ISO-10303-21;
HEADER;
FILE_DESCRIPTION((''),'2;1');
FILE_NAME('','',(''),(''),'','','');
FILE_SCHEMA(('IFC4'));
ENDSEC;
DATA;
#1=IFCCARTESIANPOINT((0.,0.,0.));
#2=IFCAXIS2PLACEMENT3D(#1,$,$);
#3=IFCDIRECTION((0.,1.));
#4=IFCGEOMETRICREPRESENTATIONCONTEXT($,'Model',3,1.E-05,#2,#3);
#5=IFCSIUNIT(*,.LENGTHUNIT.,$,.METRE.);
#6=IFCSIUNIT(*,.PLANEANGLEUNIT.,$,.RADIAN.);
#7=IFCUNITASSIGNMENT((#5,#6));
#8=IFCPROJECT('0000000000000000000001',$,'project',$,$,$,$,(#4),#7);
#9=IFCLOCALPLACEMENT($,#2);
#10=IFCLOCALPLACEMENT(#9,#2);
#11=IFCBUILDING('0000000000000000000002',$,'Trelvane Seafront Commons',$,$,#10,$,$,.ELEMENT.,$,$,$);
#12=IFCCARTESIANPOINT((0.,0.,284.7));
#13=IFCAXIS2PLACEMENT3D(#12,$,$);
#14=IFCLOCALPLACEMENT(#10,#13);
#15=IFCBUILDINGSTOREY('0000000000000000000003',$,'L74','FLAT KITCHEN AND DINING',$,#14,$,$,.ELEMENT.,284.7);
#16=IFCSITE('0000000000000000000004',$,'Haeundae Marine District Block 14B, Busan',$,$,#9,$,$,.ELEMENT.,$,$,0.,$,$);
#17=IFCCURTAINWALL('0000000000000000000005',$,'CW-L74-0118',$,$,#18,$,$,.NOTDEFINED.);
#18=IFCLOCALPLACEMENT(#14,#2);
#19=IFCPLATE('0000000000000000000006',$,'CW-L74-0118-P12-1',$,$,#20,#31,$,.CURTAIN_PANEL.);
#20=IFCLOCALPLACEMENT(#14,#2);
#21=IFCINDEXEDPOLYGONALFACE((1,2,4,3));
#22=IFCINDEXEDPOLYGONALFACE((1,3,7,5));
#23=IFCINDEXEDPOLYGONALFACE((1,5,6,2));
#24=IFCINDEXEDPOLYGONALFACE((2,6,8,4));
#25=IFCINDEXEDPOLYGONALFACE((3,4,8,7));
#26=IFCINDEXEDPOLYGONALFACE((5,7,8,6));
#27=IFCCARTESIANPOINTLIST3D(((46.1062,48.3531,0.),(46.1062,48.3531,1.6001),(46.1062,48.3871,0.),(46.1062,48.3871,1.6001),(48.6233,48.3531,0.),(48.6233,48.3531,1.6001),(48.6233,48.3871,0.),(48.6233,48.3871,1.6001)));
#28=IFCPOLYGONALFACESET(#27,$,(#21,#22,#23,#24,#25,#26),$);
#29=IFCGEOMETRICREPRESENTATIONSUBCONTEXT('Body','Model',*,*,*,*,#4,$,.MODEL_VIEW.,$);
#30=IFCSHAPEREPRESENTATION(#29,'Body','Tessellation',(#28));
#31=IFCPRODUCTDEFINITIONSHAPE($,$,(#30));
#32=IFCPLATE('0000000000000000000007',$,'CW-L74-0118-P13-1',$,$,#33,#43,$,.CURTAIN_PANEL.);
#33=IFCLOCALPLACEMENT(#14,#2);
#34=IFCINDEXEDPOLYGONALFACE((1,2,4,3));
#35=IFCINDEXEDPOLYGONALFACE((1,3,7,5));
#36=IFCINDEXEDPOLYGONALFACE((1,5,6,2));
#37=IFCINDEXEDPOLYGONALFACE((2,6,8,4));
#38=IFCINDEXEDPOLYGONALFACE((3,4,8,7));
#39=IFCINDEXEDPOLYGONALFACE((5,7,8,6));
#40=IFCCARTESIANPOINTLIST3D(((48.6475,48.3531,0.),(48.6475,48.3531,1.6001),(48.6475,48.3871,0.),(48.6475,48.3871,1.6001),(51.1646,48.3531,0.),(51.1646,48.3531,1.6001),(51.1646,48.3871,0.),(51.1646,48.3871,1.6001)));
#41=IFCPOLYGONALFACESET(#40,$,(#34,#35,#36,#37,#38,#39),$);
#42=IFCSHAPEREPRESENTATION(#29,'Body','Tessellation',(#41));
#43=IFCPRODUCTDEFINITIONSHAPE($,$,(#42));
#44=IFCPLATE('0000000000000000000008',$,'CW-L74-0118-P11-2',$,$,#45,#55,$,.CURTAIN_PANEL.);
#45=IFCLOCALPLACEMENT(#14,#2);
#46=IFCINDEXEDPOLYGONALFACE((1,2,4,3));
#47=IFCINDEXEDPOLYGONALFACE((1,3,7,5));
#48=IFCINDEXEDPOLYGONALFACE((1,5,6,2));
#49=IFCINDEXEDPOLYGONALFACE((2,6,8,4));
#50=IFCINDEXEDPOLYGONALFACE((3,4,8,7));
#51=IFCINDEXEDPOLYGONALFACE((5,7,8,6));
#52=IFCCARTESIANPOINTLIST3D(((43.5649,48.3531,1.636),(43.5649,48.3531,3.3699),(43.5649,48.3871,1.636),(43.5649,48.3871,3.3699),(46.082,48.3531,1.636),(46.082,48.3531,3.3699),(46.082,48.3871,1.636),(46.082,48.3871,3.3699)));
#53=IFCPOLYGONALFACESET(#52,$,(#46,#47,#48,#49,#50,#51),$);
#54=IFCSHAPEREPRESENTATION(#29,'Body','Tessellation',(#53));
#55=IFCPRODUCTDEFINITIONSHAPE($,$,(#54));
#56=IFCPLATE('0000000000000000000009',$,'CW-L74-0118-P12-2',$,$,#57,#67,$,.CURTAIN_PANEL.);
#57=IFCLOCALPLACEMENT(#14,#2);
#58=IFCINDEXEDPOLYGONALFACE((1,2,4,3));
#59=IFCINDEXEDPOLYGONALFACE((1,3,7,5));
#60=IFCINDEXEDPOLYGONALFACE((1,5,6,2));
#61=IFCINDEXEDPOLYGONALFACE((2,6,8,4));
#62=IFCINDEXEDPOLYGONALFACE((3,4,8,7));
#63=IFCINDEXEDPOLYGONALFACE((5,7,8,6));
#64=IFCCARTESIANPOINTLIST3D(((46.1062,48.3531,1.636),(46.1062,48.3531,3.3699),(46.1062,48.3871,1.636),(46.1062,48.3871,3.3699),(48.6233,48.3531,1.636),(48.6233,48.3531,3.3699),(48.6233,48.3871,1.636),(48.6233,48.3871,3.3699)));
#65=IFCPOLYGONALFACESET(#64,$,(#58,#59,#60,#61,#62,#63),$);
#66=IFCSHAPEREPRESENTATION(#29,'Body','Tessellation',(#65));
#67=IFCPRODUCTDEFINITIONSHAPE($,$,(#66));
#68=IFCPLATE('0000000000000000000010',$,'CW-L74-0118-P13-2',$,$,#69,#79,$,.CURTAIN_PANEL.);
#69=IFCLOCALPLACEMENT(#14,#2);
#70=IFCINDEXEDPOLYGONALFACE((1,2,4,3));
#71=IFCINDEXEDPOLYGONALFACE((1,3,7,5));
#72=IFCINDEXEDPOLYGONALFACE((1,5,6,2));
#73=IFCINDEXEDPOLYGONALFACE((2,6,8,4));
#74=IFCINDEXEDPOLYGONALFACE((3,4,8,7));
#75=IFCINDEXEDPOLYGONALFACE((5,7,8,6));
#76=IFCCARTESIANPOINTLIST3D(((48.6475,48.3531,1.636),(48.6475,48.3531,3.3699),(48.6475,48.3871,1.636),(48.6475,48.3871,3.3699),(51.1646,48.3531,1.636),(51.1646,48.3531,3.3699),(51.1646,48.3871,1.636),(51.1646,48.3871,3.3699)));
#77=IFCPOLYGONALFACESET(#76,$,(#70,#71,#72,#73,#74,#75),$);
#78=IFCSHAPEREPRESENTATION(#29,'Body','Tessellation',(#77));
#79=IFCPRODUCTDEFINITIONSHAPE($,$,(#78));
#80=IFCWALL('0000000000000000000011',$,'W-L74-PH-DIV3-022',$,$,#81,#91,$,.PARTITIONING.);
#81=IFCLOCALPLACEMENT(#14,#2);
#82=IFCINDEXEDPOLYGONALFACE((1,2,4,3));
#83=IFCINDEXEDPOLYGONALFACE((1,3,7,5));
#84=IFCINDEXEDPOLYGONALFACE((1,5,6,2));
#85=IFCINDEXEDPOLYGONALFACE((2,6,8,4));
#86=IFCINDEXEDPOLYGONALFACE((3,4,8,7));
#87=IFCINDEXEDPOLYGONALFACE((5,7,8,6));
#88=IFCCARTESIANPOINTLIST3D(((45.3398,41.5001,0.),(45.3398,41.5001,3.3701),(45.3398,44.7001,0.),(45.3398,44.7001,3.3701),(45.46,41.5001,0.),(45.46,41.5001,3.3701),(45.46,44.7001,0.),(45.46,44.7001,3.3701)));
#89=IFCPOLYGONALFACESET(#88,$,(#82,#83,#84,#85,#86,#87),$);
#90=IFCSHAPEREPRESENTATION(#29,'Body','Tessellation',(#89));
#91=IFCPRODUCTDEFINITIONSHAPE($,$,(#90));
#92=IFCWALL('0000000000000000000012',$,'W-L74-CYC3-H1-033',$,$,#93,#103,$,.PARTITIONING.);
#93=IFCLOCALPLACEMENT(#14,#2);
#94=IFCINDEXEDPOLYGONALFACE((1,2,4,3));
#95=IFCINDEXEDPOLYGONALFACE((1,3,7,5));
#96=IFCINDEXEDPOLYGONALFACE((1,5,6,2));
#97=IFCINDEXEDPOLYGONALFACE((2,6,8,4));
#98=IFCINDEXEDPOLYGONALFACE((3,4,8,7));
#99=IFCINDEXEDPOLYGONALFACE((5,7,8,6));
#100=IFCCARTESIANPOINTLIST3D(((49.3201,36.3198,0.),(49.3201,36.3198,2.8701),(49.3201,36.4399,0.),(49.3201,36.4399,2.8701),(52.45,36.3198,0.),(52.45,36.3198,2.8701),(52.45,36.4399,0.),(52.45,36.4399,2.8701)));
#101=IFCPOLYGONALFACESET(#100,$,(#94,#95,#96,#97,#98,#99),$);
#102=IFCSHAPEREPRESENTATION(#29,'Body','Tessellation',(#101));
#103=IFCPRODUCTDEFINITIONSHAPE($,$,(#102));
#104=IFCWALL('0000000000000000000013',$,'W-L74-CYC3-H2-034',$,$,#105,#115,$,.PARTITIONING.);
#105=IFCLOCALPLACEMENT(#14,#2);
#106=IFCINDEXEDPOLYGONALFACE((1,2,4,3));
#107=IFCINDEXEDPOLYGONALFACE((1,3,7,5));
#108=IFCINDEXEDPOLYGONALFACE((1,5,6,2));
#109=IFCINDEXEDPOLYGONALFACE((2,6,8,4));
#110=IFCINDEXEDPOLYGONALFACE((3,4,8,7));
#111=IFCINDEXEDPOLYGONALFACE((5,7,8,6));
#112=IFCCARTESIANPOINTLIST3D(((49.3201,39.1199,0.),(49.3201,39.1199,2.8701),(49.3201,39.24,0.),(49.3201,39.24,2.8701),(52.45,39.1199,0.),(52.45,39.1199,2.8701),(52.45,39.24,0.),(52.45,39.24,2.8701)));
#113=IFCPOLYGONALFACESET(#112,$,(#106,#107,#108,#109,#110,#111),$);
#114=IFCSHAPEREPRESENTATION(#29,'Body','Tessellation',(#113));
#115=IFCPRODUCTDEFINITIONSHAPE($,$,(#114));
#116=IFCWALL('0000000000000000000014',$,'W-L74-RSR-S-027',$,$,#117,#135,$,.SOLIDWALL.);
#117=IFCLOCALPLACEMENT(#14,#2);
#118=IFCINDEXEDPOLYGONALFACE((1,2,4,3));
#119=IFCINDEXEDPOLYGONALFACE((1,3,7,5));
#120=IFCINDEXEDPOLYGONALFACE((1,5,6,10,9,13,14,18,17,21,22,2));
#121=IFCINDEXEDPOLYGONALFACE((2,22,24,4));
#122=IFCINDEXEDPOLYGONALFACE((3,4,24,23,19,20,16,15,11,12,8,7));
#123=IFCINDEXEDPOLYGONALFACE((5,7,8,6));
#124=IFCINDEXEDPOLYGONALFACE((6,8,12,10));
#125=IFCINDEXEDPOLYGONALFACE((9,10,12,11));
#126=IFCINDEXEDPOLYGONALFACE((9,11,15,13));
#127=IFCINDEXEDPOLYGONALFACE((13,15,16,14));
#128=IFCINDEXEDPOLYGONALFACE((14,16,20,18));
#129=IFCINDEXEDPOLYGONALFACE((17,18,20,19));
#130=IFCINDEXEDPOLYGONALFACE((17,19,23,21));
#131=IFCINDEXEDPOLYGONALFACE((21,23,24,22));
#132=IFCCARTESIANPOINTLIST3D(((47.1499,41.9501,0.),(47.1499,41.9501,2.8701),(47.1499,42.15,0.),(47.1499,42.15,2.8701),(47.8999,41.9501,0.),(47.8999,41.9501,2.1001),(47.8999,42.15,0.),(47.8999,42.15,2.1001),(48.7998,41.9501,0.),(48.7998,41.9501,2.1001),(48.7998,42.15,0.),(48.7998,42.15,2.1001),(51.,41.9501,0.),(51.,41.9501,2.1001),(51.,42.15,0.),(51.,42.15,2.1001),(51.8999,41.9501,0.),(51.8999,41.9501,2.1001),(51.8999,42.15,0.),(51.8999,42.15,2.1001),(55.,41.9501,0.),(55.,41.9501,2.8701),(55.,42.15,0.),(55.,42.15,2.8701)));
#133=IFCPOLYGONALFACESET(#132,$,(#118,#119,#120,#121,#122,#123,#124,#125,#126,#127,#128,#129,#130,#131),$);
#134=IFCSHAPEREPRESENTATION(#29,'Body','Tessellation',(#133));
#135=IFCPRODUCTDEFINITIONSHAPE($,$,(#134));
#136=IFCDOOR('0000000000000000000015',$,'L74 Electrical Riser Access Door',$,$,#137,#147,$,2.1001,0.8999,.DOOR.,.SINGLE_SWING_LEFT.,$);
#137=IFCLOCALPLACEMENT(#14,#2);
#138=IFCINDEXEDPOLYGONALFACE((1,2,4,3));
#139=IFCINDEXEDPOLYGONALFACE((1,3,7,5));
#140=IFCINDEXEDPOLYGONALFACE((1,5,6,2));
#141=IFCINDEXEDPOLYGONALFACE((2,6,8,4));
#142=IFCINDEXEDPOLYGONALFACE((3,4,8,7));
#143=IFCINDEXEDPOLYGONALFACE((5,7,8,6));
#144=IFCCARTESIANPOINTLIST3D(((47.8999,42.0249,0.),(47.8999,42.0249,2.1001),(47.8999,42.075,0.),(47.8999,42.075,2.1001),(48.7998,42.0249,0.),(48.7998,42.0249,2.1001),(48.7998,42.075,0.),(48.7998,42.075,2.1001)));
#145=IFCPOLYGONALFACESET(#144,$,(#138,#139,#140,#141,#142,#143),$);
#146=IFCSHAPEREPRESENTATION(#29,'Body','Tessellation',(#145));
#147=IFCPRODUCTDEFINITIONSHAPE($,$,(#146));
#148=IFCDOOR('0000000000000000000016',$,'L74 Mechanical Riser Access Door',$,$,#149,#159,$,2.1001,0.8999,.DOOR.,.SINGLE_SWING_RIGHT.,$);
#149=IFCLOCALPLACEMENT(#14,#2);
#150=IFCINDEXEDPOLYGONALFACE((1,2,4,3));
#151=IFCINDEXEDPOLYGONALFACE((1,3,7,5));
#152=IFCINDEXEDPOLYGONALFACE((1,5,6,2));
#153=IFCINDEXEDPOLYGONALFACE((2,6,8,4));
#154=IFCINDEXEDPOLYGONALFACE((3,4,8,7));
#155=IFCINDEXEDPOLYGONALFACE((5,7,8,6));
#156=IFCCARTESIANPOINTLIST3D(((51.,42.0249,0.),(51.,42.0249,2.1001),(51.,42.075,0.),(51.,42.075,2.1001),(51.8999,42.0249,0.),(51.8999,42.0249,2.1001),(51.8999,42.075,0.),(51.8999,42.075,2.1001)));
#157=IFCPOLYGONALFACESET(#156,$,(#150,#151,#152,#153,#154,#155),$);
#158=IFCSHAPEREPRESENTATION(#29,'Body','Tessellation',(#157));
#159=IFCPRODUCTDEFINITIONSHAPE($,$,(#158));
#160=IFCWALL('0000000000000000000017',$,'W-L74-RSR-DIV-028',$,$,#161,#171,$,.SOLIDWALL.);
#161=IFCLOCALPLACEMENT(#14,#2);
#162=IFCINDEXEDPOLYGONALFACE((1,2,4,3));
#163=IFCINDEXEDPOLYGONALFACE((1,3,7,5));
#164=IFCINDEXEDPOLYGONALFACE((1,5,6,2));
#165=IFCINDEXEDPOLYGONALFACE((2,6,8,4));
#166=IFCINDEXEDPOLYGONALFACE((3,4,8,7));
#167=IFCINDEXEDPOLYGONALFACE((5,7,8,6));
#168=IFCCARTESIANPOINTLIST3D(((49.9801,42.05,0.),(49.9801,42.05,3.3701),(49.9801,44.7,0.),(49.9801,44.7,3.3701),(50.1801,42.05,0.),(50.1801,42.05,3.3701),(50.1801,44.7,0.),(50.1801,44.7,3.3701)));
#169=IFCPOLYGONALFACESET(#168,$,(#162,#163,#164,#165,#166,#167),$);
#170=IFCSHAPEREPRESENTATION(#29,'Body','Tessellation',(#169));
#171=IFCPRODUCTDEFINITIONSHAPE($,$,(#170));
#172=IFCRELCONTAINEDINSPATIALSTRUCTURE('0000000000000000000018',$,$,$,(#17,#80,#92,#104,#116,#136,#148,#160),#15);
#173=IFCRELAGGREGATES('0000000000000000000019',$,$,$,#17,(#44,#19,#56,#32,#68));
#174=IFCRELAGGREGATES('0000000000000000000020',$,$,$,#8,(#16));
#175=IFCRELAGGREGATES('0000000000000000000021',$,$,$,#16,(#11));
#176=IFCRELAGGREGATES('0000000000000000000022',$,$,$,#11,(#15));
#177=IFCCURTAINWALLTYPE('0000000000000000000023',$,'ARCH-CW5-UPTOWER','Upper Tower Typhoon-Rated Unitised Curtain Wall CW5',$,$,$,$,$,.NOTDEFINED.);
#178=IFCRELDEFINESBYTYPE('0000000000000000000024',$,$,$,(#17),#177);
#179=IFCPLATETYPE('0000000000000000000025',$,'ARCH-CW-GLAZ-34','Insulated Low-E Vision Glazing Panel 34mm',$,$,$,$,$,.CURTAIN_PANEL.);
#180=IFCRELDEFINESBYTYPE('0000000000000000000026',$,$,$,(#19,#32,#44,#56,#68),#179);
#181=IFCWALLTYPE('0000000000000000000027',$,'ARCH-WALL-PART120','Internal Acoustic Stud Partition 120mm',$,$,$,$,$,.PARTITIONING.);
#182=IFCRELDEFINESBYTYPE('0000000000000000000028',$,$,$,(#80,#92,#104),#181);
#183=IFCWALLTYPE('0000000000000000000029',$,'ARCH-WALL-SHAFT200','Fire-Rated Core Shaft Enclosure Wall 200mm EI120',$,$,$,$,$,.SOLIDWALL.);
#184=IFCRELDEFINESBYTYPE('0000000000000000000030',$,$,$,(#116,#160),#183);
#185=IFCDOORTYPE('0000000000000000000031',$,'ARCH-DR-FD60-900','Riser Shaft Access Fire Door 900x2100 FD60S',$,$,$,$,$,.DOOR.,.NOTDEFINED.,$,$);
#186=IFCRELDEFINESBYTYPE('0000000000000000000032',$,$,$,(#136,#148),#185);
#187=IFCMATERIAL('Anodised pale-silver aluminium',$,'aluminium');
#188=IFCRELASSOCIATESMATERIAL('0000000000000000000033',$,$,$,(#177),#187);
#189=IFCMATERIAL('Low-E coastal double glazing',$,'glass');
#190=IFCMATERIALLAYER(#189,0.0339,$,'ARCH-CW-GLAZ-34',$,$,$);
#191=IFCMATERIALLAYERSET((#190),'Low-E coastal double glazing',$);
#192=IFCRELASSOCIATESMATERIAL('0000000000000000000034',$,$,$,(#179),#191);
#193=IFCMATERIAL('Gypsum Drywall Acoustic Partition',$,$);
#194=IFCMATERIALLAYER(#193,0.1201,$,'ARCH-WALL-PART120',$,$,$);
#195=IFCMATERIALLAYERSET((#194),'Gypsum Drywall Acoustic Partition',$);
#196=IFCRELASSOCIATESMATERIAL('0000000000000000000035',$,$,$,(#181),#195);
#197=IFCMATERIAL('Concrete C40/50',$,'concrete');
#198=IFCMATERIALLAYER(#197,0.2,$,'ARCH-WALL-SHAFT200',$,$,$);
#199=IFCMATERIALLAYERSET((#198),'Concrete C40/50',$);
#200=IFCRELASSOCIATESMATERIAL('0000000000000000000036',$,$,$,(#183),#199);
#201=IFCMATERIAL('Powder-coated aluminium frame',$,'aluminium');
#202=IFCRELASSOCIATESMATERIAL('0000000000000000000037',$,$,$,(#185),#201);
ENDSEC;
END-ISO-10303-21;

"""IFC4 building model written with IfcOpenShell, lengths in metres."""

from ifc_helpers import new_model, si_unit, direction, frame, frame_2d, origin, origin_2d, place, context, subcontext, project, spatial, rectangle, extrude, source, transform, mapped, material, layer, layer_set, type_object, element, fill, aggregate, save


model = new_model("IFC4")

# Units and contexts
model_context = context("Model", 3, precision=1e-05, world=origin(), true_north=direction((0.0, 1.0)))
body_context = subcontext(model_context, "Body", "Model", "MODEL_VIEW")
ifc_project = project(units=[si_unit("LENGTHUNIT", "METRE"), si_unit("PLANEANGLEUNIT", "RADIAN")], contexts=[model_context])

# Site, building, storey
site_placement = place(None, origin())
site = spatial("IfcSite", under=ifc_project, at=site_placement, Name="Haeundae Marine District Block 14B, Busan", CompositionType="ELEMENT", RefElevation=0.0)
building_placement = place(site_placement, origin())
building = spatial("IfcBuilding", under=site, at=building_placement, Name="Trelvane Seafront Commons", CompositionType="ELEMENT")
storey_placement = place(building_placement, frame((0.0, 0.0, 284.7)))
storey = spatial("IfcBuildingStorey", under=building, at=storey_placement, Name="L74", Description="FLAT KITCHEN AND DINING", CompositionType="ELEMENT", Elevation=284.7)

# Curtain wall
ifc_material_1 = material(Name="Anodised pale-silver aluminium", Category="aluminium")
curtain_wall_type = type_object("IfcCurtainWallType", Name="ARCH-CW5-UPTOWER", Description="Upper Tower Typhoon-Rated Unitised Curtain Wall CW5", PredefinedType="NOTDEFINED", material=ifc_material_1)
curtain_wall_placement = place(storey_placement, origin())
curtain_wall = element("IfcCurtainWall", 1, at=curtain_wall_placement, inside=storey, type_object=curtain_wall_type, Name="CW-L74-0118", PredefinedType="NOTDEFINED")

# Plates
ifc_material_2 = material(Name="Low-E coastal double glazing", Category="glass")
ifc_layer_1 = layer(ifc_material_2, 0.0339, Name="ARCH-CW-GLAZ-34")
ifc_layer_set_1 = layer_set([ifc_layer_1], Name="Low-E coastal double glazing")
plate_type_1 = type_object("IfcPlateType", Name="ARCH-CW-GLAZ-34", Description="Insulated Low-E Vision Glazing Panel 34mm", PredefinedType="CURTAIN_PANEL", material=ifc_layer_set_1)
shared_shape_1 = source(origin(), body_context, "Body", "SweptSolid", [
    extrude(rectangle(XDim=2.5171, YDim=0.0339, at=origin_2d()), origin(), (0.0, 0.0, 1.0), 1.6001),
])
plate_1_placement = place(storey_placement, frame((47.3647, 48.3701, 0.0), z_axis=(0.0, 0.0, 1.0), x_axis=(1.0, 0.0, 0.0)))
plate_1 = element("IfcPlate", 2, at=plate_1_placement, type_object=plate_type_1, Name="CW-L74-0118-P12-1", PredefinedType="CURTAIN_PANEL", context=body_context, shape_type="MappedRepresentation", body=[
    mapped(shared_shape_1, transform((0.0, 0.0, 0.0), x_axis=(1.0, 0.0, 0.0), y_axis=(0.0, 1.0, 0.0), z_axis=(0.0, 0.0, 1.0), scale=1.0)),
])
plate_2_placement = place(storey_placement, frame((49.906, 48.3701, 0.0), z_axis=(0.0, 0.0, 1.0), x_axis=(1.0, 0.0, 0.0)))
plate_2 = element("IfcPlate", 3, at=plate_2_placement, type_object=plate_type_1, Name="CW-L74-0118-P13-1", PredefinedType="CURTAIN_PANEL", context=body_context, shape_type="MappedRepresentation", body=[
    mapped(shared_shape_1, transform((0.0, 0.0, 0.0), x_axis=(1.0, 0.0, 0.0), y_axis=(0.0, 1.0, 0.0), z_axis=(0.0, 0.0, 1.0), scale=1.0)),
])
shared_shape_2 = source(origin(), body_context, "Body", "SweptSolid", [
    extrude(rectangle(XDim=2.5171, YDim=0.0339, at=origin_2d()), origin(), (0.0, 0.0, 1.0), 1.7339),
])
plate_3_placement = place(storey_placement, frame((44.8235, 48.3701, 1.636), z_axis=(0.0, 0.0, 1.0), x_axis=(1.0, 0.0, 0.0)))
plate_3 = element("IfcPlate", 4, at=plate_3_placement, type_object=plate_type_1, Name="CW-L74-0118-P11-2", PredefinedType="CURTAIN_PANEL", context=body_context, shape_type="MappedRepresentation", body=[
    mapped(shared_shape_2, transform((0.0, 0.0, 0.0), x_axis=(1.0, 0.0, 0.0), y_axis=(0.0, 1.0, 0.0), z_axis=(0.0, 0.0, 1.0), scale=1.0)),
])
plate_4_placement = place(storey_placement, frame((47.3647, 48.3701, 1.636), z_axis=(0.0, 0.0, 1.0), x_axis=(1.0, 0.0, 0.0)))
plate_4 = element("IfcPlate", 5, at=plate_4_placement, type_object=plate_type_1, Name="CW-L74-0118-P12-2", PredefinedType="CURTAIN_PANEL", context=body_context, shape_type="MappedRepresentation", body=[
    mapped(shared_shape_2, transform((0.0, 0.0, 0.0), x_axis=(1.0, 0.0, 0.0), y_axis=(0.0, 1.0, 0.0), z_axis=(0.0, 0.0, 1.0), scale=1.0)),
])
plate_5_placement = place(storey_placement, frame((49.906, 48.3701, 1.636), z_axis=(0.0, 0.0, 1.0), x_axis=(1.0, 0.0, 0.0)))
plate_5 = element("IfcPlate", 6, at=plate_5_placement, type_object=plate_type_1, Name="CW-L74-0118-P13-2", PredefinedType="CURTAIN_PANEL", context=body_context, shape_type="MappedRepresentation", body=[
    mapped(shared_shape_2, transform((0.0, 0.0, 0.0), x_axis=(1.0, 0.0, 0.0), y_axis=(0.0, 1.0, 0.0), z_axis=(0.0, 0.0, 1.0), scale=1.0)),
])
aggregate(curtain_wall, [plate_3, plate_1, plate_4, plate_2, plate_5])

# Walls
ifc_material_3 = material(Name="Gypsum Drywall Acoustic Partition")
ifc_layer_2 = layer(ifc_material_3, 0.1201, Name="ARCH-WALL-PART120")
ifc_layer_set_2 = layer_set([ifc_layer_2], Name="Gypsum Drywall Acoustic Partition")
wall_type_1 = type_object("IfcWallType", Name="ARCH-WALL-PART120", Description="Internal Acoustic Stud Partition 120mm", PredefinedType="PARTITIONING", material=ifc_layer_set_2)
wall_1_placement = place(storey_placement, frame((45.3999, 41.5, 0.0), z_axis=(0.0, 0.0, 1.0), x_axis=(0.0, 1.0, 0.0)))
element("IfcWall", 7, at=wall_1_placement, inside=storey, type_object=wall_type_1, Name="W-L74-PH-DIV3-022", PredefinedType="PARTITIONING", context=body_context, shape_type="SweptSolid", body=[
    extrude(rectangle(XDim=3.2, YDim=0.1201, at=frame_2d((1.6001, 0.0))), origin(), (0.0, 0.0, 1.0), 3.3701),
])
for number, where, z_axis, x_axis, name in (
    (8, (49.3201, 36.3799, 0.0), (0.0, 0.0, 1.0), (1.0, 0.0, 0.0), "W-L74-CYC3-H1-033"),
    (9, (49.3201, 39.1799, 0.0), (0.0, 0.0, 1.0), (1.0, 0.0, 0.0), "W-L74-CYC3-H2-034"),
):
    element("IfcWall", number, at=place(storey_placement, frame(where, z_axis=z_axis, x_axis=x_axis)), inside=storey, type_object=wall_type_1, Name=name, PredefinedType="PARTITIONING", context=body_context, shape_type="SweptSolid", body=[
        extrude(rectangle(XDim=3.1299, YDim=0.1201, at=frame_2d((1.5649, 0.0))), origin(), (0.0, 0.0, 1.0), 2.8701),
    ])

# Wall, openings, doors
ifc_material_4 = material(Name="Concrete C40/50", Category="concrete")
ifc_layer_3 = layer(ifc_material_4, 0.2, Name="ARCH-WALL-SHAFT200")
ifc_layer_set_3 = layer_set([ifc_layer_3], Name="Concrete C40/50")
wall_type_2 = type_object("IfcWallType", Name="ARCH-WALL-SHAFT200", Description="Fire-Rated Core Shaft Enclosure Wall 200mm EI120", PredefinedType="SOLIDWALL", material=ifc_layer_set_3)
wall_2_placement = place(storey_placement, frame((47.1499, 42.05, 0.0), z_axis=(0.0, 0.0, 1.0), x_axis=(1.0, 0.0, 0.0)))
wall_2 = element("IfcWall", 10, at=wall_2_placement, inside=storey, type_object=wall_type_2, Name="W-L74-RSR-S-027", PredefinedType="SOLIDWALL", context=body_context, shape_type="SweptSolid", body=[
    extrude(rectangle(XDim=7.8501, YDim=0.2, at=frame_2d((3.925, 0.0))), origin(), (0.0, 0.0, 1.0), 2.8701),
])
opening_1_placement = place(wall_2_placement, frame((0.75, 0.0, 0.0)))
opening_1 = element("IfcOpeningElement", 11, at=opening_1_placement, cuts=wall_2, PredefinedType="OPENING", context=body_context, shape_type="SweptSolid", body=[
    extrude(rectangle(XDim=0.8999, YDim=2.1001, at=frame_2d((0.45, 1.05))), frame((0.0, 0.1099, 0.0), z_axis=(0.0, -1.0, 0.0), x_axis=(1.0, 0.0, 0.0)), (0.0, 0.0, 1.0), 0.22),
])
opening_2_placement = place(wall_2_placement, frame((3.8501, 0.0, 0.0)))
opening_2 = element("IfcOpeningElement", 12, at=opening_2_placement, cuts=wall_2, PredefinedType="OPENING", context=body_context, shape_type="SweptSolid", body=[
    extrude(rectangle(XDim=0.8999, YDim=2.1001, at=frame_2d((0.45, 1.05))), frame((0.0, 0.1099, 0.0), z_axis=(0.0, -1.0, 0.0), x_axis=(1.0, 0.0, 0.0)), (0.0, 0.0, 1.0), 0.22),
])
ifc_material_5 = material(Name="Powder-coated aluminium frame", Category="aluminium")
door_type = type_object("IfcDoorType", Name="ARCH-DR-FD60-900", Description="Riser Shaft Access Fire Door 900x2100 FD60S", OperationType="NOTDEFINED", PredefinedType="DOOR", material=ifc_material_5)
shared_shape_3 = source(origin(), body_context, "Body", "SweptSolid", [
    extrude(rectangle(XDim=0.8999, YDim=2.1001, at=frame_2d((0.45, 1.05))), frame((0.0, 0.0249, 0.0), z_axis=(0.0, -1.0, 0.0), x_axis=(1.0, 0.0, 0.0)), (0.0, 0.0, 1.0), 0.05),
])
door_1_placement = place(opening_1_placement, origin())
door_1 = element("IfcDoor", 13, at=door_1_placement, inside=storey, type_object=door_type, Name="L74 Electrical Riser Access Door", OperationType="SINGLE_SWING_LEFT", OverallHeight=2.1001, OverallWidth=0.8999, PredefinedType="DOOR", context=body_context, shape_type="MappedRepresentation", body=[
    mapped(shared_shape_3, transform((0.0, 0.0, 0.0), x_axis=(1.0, 0.0, 0.0), y_axis=(0.0, 1.0, 0.0), z_axis=(0.0, 0.0, 1.0), scale=1.0)),
])
fill(opening_1, door_1)
door_2_placement = place(opening_2_placement, origin())
door_2 = element("IfcDoor", 14, at=door_2_placement, inside=storey, type_object=door_type, Name="L74 Mechanical Riser Access Door", OperationType="SINGLE_SWING_RIGHT", OverallHeight=2.1001, OverallWidth=0.8999, PredefinedType="DOOR", context=body_context, shape_type="MappedRepresentation", body=[
    mapped(shared_shape_3, transform((0.0, 0.0, 0.0), x_axis=(1.0, 0.0, 0.0), y_axis=(0.0, 1.0, 0.0), z_axis=(0.0, 0.0, 1.0), scale=1.0)),
])
fill(opening_2, door_2)

# Wall
wall_3_placement = place(storey_placement, frame((50.0801, 42.05, 0.0), z_axis=(0.0, 0.0, 1.0), x_axis=(0.0, 1.0, 0.0)))
element("IfcWall", 15, at=wall_3_placement, inside=storey, type_object=wall_type_2, Name="W-L74-RSR-DIV-028", PredefinedType="SOLIDWALL", context=body_context, shape_type="SweptSolid", body=[
    extrude(rectangle(XDim=2.6499, YDim=0.2, at=frame_2d((1.325, 0.0))), origin(), (0.0, 0.0, 1.0), 3.3701),
])

save(model, "model.ifc")
